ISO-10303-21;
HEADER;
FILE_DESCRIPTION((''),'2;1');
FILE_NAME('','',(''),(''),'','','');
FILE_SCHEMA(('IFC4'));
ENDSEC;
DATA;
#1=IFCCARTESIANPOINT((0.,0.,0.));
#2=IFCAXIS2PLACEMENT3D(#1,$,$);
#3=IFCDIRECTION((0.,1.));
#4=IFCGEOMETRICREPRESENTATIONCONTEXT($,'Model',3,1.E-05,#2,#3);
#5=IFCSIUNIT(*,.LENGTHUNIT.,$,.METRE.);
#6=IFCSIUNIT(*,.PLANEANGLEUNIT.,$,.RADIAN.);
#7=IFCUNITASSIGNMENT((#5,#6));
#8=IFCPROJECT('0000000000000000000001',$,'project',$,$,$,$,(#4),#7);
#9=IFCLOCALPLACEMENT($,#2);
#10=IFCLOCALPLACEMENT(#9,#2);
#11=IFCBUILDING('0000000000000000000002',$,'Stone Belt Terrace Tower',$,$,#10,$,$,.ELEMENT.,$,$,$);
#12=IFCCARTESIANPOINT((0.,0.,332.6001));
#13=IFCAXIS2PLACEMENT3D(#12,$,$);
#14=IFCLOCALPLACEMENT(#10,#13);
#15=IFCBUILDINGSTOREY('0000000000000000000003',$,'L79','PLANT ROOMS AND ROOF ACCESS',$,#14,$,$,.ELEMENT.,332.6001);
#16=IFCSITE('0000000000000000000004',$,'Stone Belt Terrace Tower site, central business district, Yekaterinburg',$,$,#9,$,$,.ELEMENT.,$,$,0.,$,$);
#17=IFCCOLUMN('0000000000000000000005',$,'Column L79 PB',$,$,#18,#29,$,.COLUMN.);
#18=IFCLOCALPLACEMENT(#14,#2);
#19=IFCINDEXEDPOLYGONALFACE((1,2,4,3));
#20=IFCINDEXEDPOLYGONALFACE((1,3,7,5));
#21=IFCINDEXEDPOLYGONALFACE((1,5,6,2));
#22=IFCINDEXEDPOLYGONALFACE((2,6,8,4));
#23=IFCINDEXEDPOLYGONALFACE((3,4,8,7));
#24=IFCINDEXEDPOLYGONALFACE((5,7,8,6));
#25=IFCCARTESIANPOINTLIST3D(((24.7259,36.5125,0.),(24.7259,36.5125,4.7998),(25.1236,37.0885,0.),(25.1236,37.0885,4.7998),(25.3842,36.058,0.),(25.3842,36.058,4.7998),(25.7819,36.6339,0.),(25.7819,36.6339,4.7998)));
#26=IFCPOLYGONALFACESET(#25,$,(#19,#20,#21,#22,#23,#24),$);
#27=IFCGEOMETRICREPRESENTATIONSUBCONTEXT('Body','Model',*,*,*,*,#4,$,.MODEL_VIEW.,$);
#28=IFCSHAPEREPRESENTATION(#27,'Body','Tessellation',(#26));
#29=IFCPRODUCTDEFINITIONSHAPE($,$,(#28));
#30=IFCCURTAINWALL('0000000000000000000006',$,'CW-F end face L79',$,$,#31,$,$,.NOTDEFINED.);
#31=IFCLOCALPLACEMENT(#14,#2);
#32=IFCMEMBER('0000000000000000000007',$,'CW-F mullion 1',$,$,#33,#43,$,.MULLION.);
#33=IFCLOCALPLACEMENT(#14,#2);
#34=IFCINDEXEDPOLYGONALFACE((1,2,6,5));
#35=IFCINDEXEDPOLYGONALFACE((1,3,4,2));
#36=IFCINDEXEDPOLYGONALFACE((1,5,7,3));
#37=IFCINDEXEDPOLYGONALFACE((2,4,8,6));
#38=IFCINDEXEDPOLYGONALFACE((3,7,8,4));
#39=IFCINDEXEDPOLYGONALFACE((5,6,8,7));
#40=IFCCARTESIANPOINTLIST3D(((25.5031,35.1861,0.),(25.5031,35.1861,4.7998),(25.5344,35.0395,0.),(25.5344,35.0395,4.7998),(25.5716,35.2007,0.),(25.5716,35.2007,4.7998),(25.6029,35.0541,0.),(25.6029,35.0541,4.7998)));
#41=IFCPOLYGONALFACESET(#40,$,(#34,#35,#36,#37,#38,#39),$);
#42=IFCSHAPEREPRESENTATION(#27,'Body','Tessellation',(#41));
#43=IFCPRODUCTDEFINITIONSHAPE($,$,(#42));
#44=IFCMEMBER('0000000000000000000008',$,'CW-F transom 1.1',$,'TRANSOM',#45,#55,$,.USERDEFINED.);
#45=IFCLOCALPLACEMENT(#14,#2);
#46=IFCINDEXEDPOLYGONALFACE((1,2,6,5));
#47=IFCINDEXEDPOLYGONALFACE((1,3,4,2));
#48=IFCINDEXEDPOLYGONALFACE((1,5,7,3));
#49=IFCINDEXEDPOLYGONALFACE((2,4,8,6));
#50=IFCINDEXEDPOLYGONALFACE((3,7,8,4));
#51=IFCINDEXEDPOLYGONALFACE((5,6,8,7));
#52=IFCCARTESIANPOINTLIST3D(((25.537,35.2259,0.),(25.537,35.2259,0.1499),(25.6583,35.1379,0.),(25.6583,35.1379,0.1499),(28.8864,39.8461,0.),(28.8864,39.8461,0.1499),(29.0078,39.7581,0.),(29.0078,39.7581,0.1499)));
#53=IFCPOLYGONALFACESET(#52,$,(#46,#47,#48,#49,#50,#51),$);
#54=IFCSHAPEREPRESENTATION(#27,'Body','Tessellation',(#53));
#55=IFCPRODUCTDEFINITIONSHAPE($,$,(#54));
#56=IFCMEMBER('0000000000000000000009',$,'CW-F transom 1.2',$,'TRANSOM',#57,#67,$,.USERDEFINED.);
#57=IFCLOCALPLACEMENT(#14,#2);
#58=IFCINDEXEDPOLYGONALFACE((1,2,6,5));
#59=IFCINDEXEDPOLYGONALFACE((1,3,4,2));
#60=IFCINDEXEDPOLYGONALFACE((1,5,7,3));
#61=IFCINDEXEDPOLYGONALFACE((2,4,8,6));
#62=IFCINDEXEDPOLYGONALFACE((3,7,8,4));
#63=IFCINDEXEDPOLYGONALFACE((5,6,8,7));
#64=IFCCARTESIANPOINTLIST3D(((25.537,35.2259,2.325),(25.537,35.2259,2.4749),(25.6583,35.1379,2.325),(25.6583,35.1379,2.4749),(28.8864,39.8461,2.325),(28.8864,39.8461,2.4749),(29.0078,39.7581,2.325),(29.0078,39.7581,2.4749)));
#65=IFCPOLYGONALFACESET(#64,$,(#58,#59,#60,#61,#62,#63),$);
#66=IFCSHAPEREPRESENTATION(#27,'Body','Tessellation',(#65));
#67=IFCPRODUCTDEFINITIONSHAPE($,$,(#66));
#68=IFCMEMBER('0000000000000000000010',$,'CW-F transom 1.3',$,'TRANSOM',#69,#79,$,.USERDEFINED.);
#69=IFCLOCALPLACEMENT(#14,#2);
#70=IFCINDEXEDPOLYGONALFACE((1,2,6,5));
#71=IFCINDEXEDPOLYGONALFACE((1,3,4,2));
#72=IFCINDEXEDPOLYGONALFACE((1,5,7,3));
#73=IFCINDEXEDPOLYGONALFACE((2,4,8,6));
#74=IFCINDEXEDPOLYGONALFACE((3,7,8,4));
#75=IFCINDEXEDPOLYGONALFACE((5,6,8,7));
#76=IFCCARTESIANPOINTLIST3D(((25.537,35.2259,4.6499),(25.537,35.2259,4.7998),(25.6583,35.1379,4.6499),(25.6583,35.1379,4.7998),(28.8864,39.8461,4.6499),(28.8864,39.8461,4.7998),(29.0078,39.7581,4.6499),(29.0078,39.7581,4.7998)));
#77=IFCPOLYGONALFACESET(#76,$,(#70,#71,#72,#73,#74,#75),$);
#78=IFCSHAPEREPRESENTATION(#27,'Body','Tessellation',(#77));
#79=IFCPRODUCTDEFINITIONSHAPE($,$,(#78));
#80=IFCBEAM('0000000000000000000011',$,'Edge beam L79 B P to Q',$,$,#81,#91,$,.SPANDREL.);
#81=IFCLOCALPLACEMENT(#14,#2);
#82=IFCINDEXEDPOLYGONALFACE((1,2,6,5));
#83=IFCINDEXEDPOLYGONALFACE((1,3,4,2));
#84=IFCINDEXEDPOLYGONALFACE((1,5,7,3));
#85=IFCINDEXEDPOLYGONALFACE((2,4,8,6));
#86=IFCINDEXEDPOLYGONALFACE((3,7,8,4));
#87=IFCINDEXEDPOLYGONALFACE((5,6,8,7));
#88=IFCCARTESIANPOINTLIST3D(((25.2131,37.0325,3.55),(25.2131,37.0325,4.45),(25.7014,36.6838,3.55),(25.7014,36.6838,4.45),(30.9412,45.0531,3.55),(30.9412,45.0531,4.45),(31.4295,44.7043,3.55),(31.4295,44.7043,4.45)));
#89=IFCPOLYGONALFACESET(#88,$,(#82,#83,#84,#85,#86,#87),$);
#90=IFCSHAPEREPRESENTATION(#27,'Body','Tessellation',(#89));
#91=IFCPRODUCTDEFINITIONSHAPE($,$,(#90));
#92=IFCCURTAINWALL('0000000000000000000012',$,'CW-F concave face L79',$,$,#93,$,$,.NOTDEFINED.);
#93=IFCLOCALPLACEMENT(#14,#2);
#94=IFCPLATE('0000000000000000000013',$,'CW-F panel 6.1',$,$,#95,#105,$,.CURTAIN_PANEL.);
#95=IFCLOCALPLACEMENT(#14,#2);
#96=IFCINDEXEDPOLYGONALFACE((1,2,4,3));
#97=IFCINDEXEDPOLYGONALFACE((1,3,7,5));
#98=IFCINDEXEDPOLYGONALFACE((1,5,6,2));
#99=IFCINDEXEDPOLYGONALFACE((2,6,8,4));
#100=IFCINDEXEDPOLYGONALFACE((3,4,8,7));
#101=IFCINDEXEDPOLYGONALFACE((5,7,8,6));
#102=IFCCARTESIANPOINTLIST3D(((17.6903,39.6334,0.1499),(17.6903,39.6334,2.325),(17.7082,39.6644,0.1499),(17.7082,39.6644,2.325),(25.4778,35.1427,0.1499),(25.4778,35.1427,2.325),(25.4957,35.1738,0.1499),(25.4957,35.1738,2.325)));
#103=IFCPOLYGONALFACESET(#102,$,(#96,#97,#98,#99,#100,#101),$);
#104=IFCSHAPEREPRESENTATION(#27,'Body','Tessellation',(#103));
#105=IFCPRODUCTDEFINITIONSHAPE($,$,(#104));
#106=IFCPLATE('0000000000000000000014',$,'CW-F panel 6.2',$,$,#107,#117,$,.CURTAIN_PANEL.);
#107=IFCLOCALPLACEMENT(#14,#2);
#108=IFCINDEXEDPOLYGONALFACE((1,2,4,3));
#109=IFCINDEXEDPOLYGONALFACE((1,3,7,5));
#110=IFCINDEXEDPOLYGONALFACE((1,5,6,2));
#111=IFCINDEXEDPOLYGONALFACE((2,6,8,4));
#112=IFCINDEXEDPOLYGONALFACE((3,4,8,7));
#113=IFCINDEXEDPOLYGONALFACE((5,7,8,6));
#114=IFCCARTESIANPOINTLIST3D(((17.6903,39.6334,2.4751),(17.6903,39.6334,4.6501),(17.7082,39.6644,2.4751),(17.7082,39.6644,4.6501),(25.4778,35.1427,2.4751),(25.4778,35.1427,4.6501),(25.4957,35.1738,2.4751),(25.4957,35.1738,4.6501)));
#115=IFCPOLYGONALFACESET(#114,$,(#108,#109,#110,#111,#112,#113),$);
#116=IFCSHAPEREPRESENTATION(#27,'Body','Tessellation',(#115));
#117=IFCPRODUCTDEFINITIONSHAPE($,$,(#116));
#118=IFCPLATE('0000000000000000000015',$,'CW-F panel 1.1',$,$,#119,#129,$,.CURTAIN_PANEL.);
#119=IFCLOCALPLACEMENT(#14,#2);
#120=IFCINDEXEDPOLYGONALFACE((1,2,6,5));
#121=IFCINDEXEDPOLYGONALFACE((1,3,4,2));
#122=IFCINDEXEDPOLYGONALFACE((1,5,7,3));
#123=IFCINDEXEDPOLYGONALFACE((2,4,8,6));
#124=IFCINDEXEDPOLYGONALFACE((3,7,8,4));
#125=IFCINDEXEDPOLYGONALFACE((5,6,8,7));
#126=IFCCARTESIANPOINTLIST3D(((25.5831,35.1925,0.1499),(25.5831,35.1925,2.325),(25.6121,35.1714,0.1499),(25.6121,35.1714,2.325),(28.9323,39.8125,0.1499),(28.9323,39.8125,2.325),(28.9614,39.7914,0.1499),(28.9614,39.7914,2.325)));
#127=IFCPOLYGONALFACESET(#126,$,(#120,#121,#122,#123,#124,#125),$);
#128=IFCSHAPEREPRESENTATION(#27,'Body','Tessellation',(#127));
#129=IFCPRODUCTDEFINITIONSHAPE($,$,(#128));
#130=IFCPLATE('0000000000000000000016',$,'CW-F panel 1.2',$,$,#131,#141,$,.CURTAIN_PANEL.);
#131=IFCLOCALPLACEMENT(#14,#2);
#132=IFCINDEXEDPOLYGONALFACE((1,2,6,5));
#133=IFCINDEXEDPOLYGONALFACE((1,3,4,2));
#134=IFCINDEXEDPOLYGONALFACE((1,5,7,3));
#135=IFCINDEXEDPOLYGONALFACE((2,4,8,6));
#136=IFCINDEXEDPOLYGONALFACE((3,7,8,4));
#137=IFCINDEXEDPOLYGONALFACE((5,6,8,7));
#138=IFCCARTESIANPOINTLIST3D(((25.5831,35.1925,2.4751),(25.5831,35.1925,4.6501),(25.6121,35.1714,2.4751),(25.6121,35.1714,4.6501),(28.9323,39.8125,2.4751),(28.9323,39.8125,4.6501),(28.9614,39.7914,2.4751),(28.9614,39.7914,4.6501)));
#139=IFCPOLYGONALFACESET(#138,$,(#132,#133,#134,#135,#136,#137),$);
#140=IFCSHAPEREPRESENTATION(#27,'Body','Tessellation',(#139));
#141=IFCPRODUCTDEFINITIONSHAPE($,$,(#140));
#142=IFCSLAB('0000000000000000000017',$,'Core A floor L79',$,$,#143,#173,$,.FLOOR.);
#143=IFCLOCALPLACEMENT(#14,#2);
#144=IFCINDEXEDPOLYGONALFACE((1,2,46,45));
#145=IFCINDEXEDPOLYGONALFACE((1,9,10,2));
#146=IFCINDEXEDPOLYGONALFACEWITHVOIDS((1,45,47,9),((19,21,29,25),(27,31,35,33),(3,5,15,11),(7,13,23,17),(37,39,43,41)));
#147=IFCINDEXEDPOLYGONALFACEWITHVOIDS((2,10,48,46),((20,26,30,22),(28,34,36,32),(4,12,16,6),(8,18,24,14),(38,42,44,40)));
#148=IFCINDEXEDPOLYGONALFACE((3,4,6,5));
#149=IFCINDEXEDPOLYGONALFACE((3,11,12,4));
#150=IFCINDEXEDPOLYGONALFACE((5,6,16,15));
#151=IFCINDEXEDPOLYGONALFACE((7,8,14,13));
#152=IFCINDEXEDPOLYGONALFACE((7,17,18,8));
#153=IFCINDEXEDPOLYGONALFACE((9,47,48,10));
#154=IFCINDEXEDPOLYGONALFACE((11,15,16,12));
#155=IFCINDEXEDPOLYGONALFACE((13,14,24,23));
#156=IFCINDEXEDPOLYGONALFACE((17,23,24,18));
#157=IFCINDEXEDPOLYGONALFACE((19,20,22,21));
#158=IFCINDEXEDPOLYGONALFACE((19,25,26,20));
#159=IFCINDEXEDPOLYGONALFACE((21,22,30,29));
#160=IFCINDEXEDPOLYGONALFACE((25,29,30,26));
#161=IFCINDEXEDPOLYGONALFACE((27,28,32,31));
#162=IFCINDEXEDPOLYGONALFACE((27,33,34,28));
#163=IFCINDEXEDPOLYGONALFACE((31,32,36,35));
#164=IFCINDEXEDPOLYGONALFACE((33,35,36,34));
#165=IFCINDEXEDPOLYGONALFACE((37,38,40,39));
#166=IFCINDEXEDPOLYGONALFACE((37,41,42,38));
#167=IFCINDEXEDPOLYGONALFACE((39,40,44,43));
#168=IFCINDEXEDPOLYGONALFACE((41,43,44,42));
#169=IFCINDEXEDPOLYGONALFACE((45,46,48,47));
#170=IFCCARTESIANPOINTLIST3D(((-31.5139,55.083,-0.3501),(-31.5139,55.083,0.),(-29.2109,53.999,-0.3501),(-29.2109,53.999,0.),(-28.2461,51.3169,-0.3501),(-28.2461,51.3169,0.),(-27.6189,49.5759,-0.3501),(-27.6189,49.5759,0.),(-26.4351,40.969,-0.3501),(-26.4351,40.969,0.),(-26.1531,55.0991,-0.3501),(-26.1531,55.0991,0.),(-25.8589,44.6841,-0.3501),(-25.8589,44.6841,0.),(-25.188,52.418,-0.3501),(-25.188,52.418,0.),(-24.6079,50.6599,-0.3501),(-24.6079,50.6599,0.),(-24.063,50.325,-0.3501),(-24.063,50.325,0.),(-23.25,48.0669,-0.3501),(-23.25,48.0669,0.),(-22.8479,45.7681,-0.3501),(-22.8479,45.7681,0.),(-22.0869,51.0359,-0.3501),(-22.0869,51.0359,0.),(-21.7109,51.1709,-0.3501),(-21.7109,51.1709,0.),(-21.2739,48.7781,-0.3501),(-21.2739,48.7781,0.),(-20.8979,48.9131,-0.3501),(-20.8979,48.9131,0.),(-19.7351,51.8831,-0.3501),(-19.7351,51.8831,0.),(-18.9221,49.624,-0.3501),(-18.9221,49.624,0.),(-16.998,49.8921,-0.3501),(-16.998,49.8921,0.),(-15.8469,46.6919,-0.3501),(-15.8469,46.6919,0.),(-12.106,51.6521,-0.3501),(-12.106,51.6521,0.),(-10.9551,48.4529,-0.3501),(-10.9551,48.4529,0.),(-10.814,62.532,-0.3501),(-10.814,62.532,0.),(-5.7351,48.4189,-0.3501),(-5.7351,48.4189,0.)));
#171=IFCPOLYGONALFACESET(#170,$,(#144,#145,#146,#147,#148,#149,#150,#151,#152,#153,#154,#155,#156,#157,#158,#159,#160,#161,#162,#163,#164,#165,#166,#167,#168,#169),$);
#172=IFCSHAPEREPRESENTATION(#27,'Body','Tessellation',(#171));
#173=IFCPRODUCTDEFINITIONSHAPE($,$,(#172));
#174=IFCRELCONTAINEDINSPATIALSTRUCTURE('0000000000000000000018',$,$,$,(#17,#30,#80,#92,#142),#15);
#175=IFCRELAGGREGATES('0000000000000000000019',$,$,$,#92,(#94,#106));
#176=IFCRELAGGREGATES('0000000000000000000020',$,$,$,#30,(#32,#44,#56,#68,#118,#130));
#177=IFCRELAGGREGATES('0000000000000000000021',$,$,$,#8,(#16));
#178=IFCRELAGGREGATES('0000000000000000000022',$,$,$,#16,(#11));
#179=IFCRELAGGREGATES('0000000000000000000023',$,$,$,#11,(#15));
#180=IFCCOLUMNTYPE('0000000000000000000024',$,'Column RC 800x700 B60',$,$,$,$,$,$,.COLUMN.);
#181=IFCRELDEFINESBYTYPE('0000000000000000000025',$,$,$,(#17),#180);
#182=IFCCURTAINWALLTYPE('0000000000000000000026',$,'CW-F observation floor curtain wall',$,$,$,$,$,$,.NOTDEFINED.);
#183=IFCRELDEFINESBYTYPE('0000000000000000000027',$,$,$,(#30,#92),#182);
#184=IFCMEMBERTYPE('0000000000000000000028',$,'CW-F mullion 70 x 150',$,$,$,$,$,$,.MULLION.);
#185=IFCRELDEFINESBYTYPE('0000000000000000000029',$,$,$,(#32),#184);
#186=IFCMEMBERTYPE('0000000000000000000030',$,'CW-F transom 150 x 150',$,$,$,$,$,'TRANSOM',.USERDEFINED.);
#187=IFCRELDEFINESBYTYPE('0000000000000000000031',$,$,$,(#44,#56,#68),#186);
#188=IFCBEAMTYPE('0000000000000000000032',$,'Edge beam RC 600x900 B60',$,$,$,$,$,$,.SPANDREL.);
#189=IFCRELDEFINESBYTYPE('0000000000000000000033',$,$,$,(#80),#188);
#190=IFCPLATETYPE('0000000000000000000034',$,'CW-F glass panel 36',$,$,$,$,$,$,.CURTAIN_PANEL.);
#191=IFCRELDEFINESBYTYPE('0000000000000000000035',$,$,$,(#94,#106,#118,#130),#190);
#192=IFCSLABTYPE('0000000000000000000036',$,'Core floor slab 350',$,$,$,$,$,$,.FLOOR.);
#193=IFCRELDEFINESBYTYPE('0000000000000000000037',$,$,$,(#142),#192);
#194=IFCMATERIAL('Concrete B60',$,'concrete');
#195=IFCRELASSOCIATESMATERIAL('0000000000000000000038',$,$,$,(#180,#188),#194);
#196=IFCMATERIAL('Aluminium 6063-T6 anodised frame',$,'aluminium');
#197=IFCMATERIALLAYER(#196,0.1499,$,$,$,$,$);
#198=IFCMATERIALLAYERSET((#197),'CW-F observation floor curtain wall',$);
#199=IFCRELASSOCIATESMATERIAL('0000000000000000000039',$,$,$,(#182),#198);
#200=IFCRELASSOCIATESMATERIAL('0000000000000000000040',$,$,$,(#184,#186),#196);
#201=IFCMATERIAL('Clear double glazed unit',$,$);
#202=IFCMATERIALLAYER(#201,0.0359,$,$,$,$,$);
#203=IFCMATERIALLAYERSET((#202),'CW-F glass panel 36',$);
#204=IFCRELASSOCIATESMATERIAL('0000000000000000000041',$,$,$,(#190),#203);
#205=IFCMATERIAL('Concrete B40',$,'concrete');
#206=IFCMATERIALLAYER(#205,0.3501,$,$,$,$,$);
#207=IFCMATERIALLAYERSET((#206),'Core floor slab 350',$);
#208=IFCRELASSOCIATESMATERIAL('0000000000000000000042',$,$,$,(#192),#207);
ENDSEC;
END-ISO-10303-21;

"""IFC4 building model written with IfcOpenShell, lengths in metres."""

from ifc_helpers import new_model, si_unit, direction, frame, origin, origin_2d, place, context, subcontext, project, spatial, polyline, rectangle, outline, extrude, material, layer, layer_set, material_profile, profile_set, type_object, element, aggregate, save


model = new_model("IFC4")

# Units and contexts
model_context = context("Model", 3, precision=1e-05, world=origin(), true_north=direction((0.0, 1.0)))
body_context = subcontext(model_context, "Body", "Model", "MODEL_VIEW")
ifc_project = project(units=[si_unit("LENGTHUNIT", "METRE"), si_unit("PLANEANGLEUNIT", "RADIAN")], contexts=[model_context])

# Site, building, storey
site_placement = place(None, origin())
site = spatial("IfcSite", under=ifc_project, at=site_placement, Name="Stone Belt Terrace Tower site, central business district, Yekaterinburg", CompositionType="ELEMENT", RefElevation=0.0)
building_placement = place(site_placement, origin())
building = spatial("IfcBuilding", under=site, at=building_placement, Name="Stone Belt Terrace Tower", CompositionType="ELEMENT")
storey_placement = place(building_placement, frame((0.0, 0.0, 332.6001)))
storey = spatial("IfcBuildingStorey", under=building, at=storey_placement, Name="L79", Description="PLANT ROOMS AND ROOF ACCESS", CompositionType="ELEMENT", Elevation=332.6001)

# Column
ifc_material_1 = material(Name="Concrete B60", Category="concrete")
ifc_material_profile_1 = material_profile(ifc_material_1, rectangle(XDim=0.8, YDim=0.7, at=origin_2d()), Name="RC 800x700")
ifc_profile_set_1 = profile_set([ifc_material_profile_1], Name="Concrete B60")
column_type = type_object("IfcColumnType", Name="Column RC 800x700 B60", PredefinedType="COLUMN", material=ifc_profile_set_1)
column_placement = place(storey_placement, frame((25.2539, 36.5732, 0.0), z_axis=(0.0, 0.0, 1.0), x_axis=(0.822887, -0.568206, 0.0)))
element("IfcColumn", 1, at=column_placement, inside=storey, type_object=column_type, Name="Column L79 PB", PredefinedType="COLUMN", context=body_context, shape_type="SweptSolid", body=[
    extrude(rectangle(XDim=0.8, YDim=0.7, at=origin_2d()), origin(), (0.0, 0.0, 1.0), 4.7998),
])

# Curtain wall, members
ifc_material_2 = material(Name="Aluminium 6063-T6 anodised frame", Category="aluminium")
ifc_layer_1 = layer(ifc_material_2, 0.1499)
ifc_layer_set_1 = layer_set([ifc_layer_1], Name="CW-F observation floor curtain wall")
curtain_wall_type = type_object("IfcCurtainWallType", Name="CW-F observation floor curtain wall", PredefinedType="NOTDEFINED", material=ifc_layer_set_1)
curtain_wall_1_placement = place(storey_placement, origin())
curtain_wall_1 = element("IfcCurtainWall", 2, at=curtain_wall_1_placement, inside=storey, type_object=curtain_wall_type, Name="CW-F end face L79", PredefinedType="NOTDEFINED")
ifc_material_profile_2 = material_profile(ifc_material_2, rectangle(XDim=0.1499, YDim=0.0701, at=origin_2d()), Name="Aluminium 6063-T6 70x150")
ifc_profile_set_2 = profile_set([ifc_material_profile_2], Name="Aluminium 6063-T6 anodised frame")
member_type_1 = type_object("IfcMemberType", Name="CW-F mullion 70 x 150", PredefinedType="MULLION", material=ifc_profile_set_2)
member_1_placement = place(storey_placement, frame((25.553, 35.1201, 0.0), z_axis=(0.0, 0.0, 1.0), x_axis=(-0.208679, 0.977984, 0.0)))
member_1 = element("IfcMember", 3, at=member_1_placement, type_object=member_type_1, Name="CW-F mullion 1", PredefinedType="MULLION", context=body_context, shape_type="SweptSolid", body=[
    extrude(rectangle(XDim=0.1499, YDim=0.0701, at=origin_2d()), origin(), (0.0, 0.0, 1.0), 4.7998),
])
ifc_material_profile_3 = material_profile(ifc_material_2, rectangle(XDim=0.1499, YDim=0.1499, at=origin_2d()), Name="Aluminium 6063-T6 150x150")
ifc_profile_set_3 = profile_set([ifc_material_profile_3], Name="Aluminium 6063-T6 anodised frame")
member_type_2 = type_object("IfcMemberType", Name="CW-F transom 150 x 150", ElementType="TRANSOM", PredefinedType="USERDEFINED", material=ifc_profile_set_3)
member_2_placement = place(storey_placement, frame((25.5977, 35.1819, 0.075), z_axis=(0.586942, 0.809629, 0.0), x_axis=(-0.809629, 0.586942, 0.0)))
member_2 = element("IfcMember", 4, at=member_2_placement, type_object=member_type_2, Name="CW-F transom 1.1", ObjectType="TRANSOM", PredefinedType="USERDEFINED", context=body_context, shape_type="SweptSolid", body=[
    extrude(rectangle(XDim=0.1499, YDim=0.1499, at=origin_2d()), origin(), (0.0, 0.0, 1.0), 5.7065),
])
member_3_placement = place(storey_placement, frame((25.5977, 35.1819, 2.3999), z_axis=(0.586942, 0.809629, 0.0), x_axis=(-0.809629, 0.586942, 0.0)))
member_3 = element("IfcMember", 5, at=member_3_placement, type_object=member_type_2, Name="CW-F transom 1.2", ObjectType="TRANSOM", PredefinedType="USERDEFINED", context=body_context, shape_type="SweptSolid", body=[
    extrude(rectangle(XDim=0.1499, YDim=0.1499, at=origin_2d()), origin(), (0.0, 0.0, 1.0), 5.7065),
])
member_4_placement = place(storey_placement, frame((25.5977, 35.1819, 4.7249), z_axis=(0.586942, 0.809629, 0.0), x_axis=(-0.809629, 0.586942, 0.0)))
member_4 = element("IfcMember", 6, at=member_4_placement, type_object=member_type_2, Name="CW-F transom 1.3", ObjectType="TRANSOM", PredefinedType="USERDEFINED", context=body_context, shape_type="SweptSolid", body=[
    extrude(rectangle(XDim=0.1499, YDim=0.1499, at=origin_2d()), origin(), (0.0, 0.0, 1.0), 5.7065),
])

# Beam
ifc_material_profile_4 = material_profile(ifc_material_1, rectangle(XDim=0.6001, YDim=0.8999, at=origin_2d()), Name="RC 600x900")
ifc_profile_set_4 = profile_set([ifc_material_profile_4], Name="Concrete B60")
beam_type = type_object("IfcBeamType", Name="Edge beam RC 600x900 B60", PredefinedType="SPANDREL", material=ifc_profile_set_4)
beam_placement = place(storey_placement, frame((25.4573, 36.8582, 4.0), z_axis=(0.581177, 0.813777, 0.0), x_axis=(-0.813777, 0.581177, 0.0)))
element("IfcBeam", 7, at=beam_placement, inside=storey, type_object=beam_type, Name="Edge beam L79 B P to Q", PredefinedType="SPANDREL", context=body_context, shape_type="SweptSolid", body=[
    extrude(rectangle(XDim=0.6001, YDim=0.8999, at=origin_2d()), origin(), (0.0, 0.0, 1.0), 9.856),
])

# Curtain wall, plates
curtain_wall_2_placement = place(storey_placement, origin())
curtain_wall_2 = element("IfcCurtainWall", 8, at=curtain_wall_2_placement, inside=storey, type_object=curtain_wall_type, Name="CW-F concave face L79", PredefinedType="NOTDEFINED")
ifc_material_3 = material(Name="Clear double glazed unit")
ifc_layer_2 = layer(ifc_material_3, 0.0359)
ifc_layer_set_2 = layer_set([ifc_layer_2], Name="CW-F glass panel 36")
plate_type = type_object("IfcPlateType", Name="CW-F glass panel 36", PredefinedType="CURTAIN_PANEL", material=ifc_layer_set_2)
plate_1_placement = place(storey_placement, frame((21.593, 37.4036, 0.1499), z_axis=(0.0, 0.0, 1.0), x_axis=(0.866287, -0.499547, 0.0)))
plate_1 = element("IfcPlate", 9, at=plate_1_placement, type_object=plate_type, Name="CW-F panel 6.1", PredefinedType="CURTAIN_PANEL", context=body_context, shape_type="SweptSolid", body=[
    extrude(rectangle(XDim=8.9895, YDim=0.0359, at=origin_2d()), origin(), (0.0, 0.0, 1.0), 2.175),
])
plate_2_placement = place(storey_placement, frame((21.593, 37.4036, 2.4751), z_axis=(0.0, 0.0, 1.0), x_axis=(0.866287, -0.499547, 0.0)))
plate_2 = element("IfcPlate", 10, at=plate_2_placement, type_object=plate_type, Name="CW-F panel 6.2", PredefinedType="CURTAIN_PANEL", context=body_context, shape_type="SweptSolid", body=[
    extrude(rectangle(XDim=8.9895, YDim=0.0359, at=origin_2d()), origin(), (0.0, 0.0, 1.0), 2.175),
])
aggregate(curtain_wall_2, [plate_1, plate_2])

# Plates
plate_3_placement = place(storey_placement, frame((27.2722, 37.4919, 0.1499), z_axis=(0.0, 0.0, 1.0), x_axis=(0.586939, 0.809631, 0.0)))
plate_3 = element("IfcPlate", 11, at=plate_3_placement, type_object=plate_type, Name="CW-F panel 1.1", PredefinedType="CURTAIN_PANEL", context=body_context, shape_type="SweptSolid", body=[
    extrude(rectangle(XDim=5.7063, YDim=0.0359, at=origin_2d()), origin(), (0.0, 0.0, 1.0), 2.175),
])
plate_4_placement = place(storey_placement, frame((27.2722, 37.4919, 2.4751), z_axis=(0.0, 0.0, 1.0), x_axis=(0.586939, 0.809631, 0.0)))
plate_4 = element("IfcPlate", 12, at=plate_4_placement, type_object=plate_type, Name="CW-F panel 1.2", PredefinedType="CURTAIN_PANEL", context=body_context, shape_type="SweptSolid", body=[
    extrude(rectangle(XDim=5.7063, YDim=0.0359, at=origin_2d()), origin(), (0.0, 0.0, 1.0), 2.175),
])
aggregate(curtain_wall_1, [member_1, member_2, member_3, member_4, plate_3, plate_4])

# Slab
ifc_material_4 = material(Name="Concrete B40", Category="concrete")
ifc_layer_3 = layer(ifc_material_4, 0.3501)
ifc_layer_set_3 = layer_set([ifc_layer_3], Name="Core floor slab 350")
slab_type_1 = type_object("IfcSlabType", Name="Core floor slab 350", PredefinedType="FLOOR", material=ifc_layer_set_3)
slab_1_placement = place(storey_placement, frame((0.0, 0.0, -0.3501)))
element("IfcSlab", 13, at=slab_1_placement, inside=storey, type_object=slab_type_1, Name="Core A floor L79", PredefinedType="FLOOR", context=body_context, shape_type="SweptSolid", body=[
    extrude(outline(polyline([(-26.4351, 40.969), (-5.7351, 48.4189), (-10.814, 62.532), (-31.5139, 55.083), (-26.4351, 40.969)]), holes=[polyline([(-27.6189, 49.5759), (-24.6079, 50.6599), (-22.8479, 45.7681), (-25.8589, 44.6841), (-27.6189, 49.5759)]), polyline([(-12.106, 51.6521), (-10.9551, 48.4529), (-15.8469, 46.6919), (-16.998, 49.8921), (-12.106, 51.6521)]), polyline([(-24.063, 50.325), (-22.0869, 51.0359), (-21.2739, 48.7781), (-23.25, 48.0669), (-24.063, 50.325)]), polyline([(-19.7351, 51.8831), (-18.9221, 49.624), (-20.8979, 48.9131), (-21.7109, 51.1709), (-19.7351, 51.8831)]), polyline([(-28.2461, 51.3169), (-29.2109, 53.999), (-26.1531, 55.0991), (-25.188, 52.418), (-28.2461, 51.3169)])]), origin(), (0.0, 0.0, 1.0), 0.3501),
])

save(model, "model.ifc")
